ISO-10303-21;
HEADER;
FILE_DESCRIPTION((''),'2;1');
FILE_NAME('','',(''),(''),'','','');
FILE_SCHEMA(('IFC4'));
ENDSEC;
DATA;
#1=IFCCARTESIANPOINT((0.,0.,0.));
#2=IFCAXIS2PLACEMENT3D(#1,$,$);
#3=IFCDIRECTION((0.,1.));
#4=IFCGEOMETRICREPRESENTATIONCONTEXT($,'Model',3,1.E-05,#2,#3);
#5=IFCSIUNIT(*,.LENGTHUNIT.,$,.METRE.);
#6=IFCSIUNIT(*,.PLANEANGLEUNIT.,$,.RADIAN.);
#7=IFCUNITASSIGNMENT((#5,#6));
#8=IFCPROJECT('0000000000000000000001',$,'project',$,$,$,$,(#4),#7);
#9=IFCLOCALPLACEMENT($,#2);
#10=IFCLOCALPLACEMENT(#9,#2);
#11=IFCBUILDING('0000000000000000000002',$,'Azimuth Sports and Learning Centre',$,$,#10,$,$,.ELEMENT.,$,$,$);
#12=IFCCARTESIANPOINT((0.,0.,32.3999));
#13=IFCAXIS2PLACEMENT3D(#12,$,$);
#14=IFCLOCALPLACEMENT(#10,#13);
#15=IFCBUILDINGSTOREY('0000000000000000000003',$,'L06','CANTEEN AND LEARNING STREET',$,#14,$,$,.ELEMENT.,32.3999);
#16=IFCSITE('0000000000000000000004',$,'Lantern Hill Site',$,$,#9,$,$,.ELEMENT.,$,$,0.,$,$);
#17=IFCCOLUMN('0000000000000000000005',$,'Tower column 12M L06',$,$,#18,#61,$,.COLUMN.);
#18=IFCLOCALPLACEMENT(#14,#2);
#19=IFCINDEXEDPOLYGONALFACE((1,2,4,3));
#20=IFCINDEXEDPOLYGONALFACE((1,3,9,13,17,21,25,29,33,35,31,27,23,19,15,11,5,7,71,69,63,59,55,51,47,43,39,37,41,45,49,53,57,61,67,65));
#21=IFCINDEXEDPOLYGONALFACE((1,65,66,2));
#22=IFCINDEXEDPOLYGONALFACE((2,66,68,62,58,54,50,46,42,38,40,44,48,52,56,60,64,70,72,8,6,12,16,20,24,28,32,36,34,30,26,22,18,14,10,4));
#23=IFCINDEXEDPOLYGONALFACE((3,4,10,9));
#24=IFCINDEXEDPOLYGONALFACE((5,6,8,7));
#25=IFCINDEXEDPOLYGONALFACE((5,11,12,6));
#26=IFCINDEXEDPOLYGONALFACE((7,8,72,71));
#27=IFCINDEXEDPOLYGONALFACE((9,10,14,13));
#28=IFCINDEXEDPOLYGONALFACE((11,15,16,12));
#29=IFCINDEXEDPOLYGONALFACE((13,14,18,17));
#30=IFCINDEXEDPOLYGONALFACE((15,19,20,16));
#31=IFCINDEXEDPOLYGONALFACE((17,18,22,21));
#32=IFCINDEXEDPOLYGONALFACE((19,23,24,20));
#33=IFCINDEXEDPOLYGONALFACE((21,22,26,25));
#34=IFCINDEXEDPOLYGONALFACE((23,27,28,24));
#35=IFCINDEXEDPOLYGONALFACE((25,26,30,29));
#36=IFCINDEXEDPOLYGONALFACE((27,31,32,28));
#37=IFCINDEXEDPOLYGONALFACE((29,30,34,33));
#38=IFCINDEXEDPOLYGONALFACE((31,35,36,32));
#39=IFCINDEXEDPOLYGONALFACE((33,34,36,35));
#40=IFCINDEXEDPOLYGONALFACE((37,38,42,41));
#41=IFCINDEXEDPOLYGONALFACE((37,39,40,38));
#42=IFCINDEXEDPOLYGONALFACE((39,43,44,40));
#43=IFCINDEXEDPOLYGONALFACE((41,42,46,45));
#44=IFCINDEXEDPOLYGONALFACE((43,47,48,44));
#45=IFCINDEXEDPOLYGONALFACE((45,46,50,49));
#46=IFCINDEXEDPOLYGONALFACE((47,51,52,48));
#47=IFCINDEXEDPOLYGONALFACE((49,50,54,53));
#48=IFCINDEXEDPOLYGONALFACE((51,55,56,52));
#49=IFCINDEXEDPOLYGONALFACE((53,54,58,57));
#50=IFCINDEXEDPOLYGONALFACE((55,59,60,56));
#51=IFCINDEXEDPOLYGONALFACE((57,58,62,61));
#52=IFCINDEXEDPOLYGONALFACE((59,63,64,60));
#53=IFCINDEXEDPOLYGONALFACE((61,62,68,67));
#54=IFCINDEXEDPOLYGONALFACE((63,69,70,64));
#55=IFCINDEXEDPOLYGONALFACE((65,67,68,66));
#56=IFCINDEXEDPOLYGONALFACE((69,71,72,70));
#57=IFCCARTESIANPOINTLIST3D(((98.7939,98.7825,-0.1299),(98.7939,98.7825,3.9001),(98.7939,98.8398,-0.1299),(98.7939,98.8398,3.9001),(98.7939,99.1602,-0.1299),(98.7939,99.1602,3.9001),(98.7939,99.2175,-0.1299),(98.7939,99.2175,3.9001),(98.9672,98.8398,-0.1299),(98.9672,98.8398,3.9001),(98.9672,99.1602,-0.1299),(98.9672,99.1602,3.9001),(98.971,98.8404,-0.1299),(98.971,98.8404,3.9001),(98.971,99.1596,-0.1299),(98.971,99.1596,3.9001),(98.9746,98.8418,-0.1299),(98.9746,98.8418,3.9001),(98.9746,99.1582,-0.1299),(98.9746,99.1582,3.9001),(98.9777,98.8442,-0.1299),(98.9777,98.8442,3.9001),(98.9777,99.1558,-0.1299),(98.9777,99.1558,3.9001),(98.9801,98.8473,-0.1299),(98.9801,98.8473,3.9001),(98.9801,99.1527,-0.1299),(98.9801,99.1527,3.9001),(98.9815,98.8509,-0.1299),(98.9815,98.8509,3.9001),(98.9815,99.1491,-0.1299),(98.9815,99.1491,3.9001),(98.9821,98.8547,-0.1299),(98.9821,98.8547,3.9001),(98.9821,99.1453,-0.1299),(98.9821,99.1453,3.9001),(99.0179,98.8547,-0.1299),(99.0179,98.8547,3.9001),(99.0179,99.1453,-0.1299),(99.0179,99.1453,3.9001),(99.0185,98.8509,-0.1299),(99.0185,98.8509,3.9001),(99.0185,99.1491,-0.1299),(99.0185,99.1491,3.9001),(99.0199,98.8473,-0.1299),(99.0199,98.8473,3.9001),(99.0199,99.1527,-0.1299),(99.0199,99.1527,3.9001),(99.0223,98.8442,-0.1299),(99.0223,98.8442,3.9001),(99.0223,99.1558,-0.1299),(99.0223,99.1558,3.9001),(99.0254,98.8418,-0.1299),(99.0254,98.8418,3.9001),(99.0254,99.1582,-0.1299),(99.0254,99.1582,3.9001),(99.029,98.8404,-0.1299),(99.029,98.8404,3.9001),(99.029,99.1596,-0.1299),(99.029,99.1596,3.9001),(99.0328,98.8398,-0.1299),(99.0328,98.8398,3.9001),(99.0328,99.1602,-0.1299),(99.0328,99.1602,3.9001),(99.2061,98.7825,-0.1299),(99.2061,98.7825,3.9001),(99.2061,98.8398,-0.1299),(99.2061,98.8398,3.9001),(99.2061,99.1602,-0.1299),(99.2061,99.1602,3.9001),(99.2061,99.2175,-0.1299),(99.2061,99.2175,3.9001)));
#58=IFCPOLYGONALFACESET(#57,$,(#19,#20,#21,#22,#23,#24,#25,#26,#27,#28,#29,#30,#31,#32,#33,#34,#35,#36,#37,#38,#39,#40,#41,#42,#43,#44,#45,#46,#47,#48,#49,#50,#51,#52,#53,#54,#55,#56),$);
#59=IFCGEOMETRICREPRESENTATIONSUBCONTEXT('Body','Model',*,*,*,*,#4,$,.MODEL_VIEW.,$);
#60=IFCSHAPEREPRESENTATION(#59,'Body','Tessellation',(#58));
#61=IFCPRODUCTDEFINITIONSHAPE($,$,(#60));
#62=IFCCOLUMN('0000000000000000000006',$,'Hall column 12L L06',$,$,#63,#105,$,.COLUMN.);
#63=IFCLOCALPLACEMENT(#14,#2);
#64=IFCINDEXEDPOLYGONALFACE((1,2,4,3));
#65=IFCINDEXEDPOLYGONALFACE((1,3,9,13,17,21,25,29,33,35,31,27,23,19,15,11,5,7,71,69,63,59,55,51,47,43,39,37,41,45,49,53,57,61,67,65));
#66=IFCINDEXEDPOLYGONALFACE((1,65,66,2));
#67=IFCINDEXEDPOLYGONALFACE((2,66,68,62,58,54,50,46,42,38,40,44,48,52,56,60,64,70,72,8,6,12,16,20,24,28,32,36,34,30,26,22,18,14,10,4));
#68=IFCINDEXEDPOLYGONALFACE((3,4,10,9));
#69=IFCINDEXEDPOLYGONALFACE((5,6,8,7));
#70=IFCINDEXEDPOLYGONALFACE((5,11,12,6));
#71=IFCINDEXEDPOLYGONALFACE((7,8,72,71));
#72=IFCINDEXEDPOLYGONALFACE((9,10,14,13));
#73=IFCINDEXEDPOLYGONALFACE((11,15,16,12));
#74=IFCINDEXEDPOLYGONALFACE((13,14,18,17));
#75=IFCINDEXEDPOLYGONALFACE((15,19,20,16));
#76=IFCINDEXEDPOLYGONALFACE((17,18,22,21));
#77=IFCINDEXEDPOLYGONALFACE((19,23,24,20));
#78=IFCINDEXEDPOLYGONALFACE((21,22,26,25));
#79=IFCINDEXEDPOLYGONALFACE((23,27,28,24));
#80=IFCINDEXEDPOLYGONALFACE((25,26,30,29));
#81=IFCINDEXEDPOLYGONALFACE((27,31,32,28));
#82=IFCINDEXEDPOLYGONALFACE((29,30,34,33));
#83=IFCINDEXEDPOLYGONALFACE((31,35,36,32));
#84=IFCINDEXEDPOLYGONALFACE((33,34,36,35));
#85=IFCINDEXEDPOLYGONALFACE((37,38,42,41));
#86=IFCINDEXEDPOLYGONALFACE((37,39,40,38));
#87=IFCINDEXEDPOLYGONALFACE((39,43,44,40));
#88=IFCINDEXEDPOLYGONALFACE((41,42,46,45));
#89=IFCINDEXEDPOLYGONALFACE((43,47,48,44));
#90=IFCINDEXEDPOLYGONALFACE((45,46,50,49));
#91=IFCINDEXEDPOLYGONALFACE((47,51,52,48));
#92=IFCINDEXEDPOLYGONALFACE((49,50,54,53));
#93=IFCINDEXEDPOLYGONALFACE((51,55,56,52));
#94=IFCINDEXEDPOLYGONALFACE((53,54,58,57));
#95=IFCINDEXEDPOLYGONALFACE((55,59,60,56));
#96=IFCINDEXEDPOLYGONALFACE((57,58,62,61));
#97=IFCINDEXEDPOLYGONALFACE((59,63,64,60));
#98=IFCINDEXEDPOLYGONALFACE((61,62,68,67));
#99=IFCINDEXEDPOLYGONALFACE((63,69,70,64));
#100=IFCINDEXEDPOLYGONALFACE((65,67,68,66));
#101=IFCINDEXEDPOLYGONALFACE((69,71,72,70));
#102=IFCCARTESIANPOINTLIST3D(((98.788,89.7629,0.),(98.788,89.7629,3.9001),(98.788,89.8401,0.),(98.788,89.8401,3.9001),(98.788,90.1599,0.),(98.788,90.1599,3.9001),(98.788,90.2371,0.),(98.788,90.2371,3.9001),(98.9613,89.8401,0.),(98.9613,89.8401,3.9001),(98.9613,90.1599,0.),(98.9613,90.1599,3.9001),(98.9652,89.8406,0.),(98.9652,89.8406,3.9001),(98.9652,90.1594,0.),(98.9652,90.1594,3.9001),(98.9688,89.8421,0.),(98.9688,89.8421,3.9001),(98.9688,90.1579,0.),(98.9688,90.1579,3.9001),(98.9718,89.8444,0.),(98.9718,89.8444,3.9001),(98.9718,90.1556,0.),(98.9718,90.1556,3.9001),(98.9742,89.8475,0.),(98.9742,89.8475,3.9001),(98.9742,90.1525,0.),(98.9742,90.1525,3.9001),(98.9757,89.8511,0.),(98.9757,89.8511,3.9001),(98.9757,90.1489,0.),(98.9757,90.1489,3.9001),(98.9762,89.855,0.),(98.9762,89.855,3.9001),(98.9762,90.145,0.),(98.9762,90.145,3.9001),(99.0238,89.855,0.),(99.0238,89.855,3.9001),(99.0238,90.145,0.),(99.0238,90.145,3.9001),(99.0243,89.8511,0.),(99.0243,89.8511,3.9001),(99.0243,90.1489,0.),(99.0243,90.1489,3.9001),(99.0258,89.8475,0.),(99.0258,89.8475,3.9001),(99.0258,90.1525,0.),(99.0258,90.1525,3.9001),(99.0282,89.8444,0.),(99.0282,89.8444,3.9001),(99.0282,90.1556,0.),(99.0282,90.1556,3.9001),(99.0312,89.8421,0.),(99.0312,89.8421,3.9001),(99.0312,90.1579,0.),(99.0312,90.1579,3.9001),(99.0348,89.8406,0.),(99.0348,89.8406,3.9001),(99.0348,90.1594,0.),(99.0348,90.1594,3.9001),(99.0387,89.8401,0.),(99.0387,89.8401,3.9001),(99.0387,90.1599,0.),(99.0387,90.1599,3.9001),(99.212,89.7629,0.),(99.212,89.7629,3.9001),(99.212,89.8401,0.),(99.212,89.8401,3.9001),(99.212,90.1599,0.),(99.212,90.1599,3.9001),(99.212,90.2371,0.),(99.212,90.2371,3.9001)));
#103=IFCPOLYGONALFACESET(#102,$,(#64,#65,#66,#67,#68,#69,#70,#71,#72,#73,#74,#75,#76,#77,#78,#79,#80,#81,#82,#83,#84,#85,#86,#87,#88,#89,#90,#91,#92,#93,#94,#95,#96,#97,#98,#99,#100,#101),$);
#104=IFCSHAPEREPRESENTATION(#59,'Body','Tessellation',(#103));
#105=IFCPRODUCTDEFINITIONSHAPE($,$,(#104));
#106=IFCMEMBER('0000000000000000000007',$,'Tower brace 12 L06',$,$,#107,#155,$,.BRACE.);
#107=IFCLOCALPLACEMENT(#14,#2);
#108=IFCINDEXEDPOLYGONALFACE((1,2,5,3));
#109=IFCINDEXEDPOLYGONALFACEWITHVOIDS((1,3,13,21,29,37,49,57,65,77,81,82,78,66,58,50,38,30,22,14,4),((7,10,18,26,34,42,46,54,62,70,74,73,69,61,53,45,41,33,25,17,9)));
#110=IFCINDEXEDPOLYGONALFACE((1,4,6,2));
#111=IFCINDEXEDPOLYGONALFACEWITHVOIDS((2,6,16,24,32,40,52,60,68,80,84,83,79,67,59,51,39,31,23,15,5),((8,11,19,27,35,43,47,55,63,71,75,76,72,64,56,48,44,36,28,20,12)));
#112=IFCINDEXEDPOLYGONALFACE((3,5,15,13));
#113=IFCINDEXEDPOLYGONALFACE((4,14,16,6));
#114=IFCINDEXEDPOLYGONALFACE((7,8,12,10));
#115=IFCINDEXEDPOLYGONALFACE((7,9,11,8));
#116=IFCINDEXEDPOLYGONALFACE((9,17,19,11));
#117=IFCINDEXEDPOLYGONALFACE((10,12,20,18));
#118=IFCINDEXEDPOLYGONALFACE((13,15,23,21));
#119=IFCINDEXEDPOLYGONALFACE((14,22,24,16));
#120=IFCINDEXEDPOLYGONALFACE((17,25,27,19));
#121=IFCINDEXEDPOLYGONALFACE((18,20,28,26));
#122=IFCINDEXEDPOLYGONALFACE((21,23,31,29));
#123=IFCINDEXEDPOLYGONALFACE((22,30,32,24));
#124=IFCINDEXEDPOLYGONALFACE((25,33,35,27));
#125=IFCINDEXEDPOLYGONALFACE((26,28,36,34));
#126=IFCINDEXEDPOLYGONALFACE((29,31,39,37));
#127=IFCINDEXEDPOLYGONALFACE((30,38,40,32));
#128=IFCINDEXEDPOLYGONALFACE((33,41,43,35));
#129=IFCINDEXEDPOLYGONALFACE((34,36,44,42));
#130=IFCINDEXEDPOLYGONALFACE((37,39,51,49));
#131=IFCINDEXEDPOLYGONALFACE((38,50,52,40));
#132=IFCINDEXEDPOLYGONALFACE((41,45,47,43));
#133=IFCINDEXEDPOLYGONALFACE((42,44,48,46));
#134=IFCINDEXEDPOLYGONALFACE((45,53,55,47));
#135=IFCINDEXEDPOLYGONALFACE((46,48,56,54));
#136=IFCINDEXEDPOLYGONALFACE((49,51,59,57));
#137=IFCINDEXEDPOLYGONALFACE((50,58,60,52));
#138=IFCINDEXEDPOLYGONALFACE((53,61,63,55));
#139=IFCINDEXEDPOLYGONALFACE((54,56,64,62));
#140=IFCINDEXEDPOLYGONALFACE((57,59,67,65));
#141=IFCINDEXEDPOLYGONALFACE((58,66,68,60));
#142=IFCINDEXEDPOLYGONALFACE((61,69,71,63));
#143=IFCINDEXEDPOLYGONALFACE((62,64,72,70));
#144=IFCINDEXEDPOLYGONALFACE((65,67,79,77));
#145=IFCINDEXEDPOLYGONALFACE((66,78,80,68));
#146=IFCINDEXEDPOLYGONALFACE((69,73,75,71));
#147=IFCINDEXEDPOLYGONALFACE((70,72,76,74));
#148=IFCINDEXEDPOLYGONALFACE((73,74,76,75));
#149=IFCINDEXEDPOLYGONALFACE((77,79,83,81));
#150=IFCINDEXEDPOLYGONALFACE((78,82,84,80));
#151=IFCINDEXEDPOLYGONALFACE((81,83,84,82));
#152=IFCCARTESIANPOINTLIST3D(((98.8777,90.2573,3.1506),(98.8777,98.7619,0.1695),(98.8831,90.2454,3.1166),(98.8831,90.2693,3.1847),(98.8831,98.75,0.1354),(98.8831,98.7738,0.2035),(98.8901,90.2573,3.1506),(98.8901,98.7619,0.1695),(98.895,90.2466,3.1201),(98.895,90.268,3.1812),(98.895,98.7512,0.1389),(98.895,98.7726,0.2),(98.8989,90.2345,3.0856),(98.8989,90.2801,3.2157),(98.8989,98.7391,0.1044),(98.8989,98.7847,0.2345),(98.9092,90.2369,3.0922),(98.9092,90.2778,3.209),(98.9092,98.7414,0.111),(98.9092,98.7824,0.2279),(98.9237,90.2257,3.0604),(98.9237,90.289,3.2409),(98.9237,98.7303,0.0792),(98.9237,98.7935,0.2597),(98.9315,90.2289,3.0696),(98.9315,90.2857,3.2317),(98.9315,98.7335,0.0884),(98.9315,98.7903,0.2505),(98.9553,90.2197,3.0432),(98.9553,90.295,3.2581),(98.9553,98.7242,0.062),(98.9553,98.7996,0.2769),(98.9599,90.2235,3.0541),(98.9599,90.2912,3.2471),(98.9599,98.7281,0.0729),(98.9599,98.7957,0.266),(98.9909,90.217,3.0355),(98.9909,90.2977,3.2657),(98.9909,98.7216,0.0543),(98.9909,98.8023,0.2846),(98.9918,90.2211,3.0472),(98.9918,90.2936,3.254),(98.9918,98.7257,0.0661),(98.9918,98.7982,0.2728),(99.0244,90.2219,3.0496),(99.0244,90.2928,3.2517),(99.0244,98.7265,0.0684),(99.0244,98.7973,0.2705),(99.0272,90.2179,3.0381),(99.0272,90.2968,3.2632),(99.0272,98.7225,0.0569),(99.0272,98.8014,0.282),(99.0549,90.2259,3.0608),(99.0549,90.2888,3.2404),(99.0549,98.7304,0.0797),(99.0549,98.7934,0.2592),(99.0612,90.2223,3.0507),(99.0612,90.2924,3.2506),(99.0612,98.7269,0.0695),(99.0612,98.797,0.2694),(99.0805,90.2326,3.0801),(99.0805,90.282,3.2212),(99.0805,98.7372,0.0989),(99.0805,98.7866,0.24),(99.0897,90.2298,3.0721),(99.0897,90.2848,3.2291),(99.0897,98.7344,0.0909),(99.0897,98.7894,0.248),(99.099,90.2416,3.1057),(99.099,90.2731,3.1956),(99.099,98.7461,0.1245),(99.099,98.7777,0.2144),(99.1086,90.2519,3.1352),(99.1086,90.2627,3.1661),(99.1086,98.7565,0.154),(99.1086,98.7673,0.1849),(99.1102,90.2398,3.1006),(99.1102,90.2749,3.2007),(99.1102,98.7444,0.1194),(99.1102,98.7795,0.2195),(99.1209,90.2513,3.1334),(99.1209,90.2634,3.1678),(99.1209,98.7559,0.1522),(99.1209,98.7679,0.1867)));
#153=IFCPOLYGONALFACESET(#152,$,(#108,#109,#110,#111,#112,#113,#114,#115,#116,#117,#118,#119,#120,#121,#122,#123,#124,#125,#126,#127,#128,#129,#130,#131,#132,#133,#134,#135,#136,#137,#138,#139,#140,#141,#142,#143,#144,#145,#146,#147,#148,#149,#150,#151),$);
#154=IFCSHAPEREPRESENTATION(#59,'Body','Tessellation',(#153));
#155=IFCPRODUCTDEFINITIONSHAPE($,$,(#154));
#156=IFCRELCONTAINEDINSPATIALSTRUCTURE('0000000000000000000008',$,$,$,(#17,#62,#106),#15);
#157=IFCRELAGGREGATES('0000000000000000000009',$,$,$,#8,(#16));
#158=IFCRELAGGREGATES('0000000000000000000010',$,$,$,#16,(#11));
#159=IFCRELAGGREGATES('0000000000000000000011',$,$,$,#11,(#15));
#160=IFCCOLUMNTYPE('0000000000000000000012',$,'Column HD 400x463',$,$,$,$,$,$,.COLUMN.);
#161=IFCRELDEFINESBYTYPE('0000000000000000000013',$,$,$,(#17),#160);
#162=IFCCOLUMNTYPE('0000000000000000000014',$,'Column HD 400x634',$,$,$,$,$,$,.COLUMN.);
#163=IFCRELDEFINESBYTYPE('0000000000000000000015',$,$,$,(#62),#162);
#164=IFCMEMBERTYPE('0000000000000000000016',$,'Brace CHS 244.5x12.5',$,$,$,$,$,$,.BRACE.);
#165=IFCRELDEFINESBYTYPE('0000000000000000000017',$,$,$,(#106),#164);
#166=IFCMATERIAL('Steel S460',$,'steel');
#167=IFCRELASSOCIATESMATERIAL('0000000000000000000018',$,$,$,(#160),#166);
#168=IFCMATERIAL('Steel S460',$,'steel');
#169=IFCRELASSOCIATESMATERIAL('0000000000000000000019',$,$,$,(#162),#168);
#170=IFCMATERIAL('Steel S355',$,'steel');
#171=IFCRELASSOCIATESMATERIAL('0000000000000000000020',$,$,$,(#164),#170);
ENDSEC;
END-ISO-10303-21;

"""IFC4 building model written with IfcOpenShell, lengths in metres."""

from ifc_helpers import new_model, si_unit, direction, frame, origin, origin_2d, place, context, subcontext, project, spatial, hollow_circle, i_section, extrude, material, material_profile, profile_set, type_object, element, save


model = new_model("IFC4")

# Units and contexts
model_context = context("Model", 3, precision=1e-05, world=origin(), true_north=direction((0.0, 1.0)))
body_context = subcontext(model_context, "Body", "Model", "MODEL_VIEW")
ifc_project = project(units=[si_unit("LENGTHUNIT", "METRE"), si_unit("PLANEANGLEUNIT", "RADIAN")], contexts=[model_context])

# Site, building, storey
site_placement = place(None, origin())
site = spatial("IfcSite", under=ifc_project, at=site_placement, Name="Lantern Hill Site", CompositionType="ELEMENT", RefElevation=0.0)
building_placement = place(site_placement, origin())
building = spatial("IfcBuilding", under=site, at=building_placement, Name="Azimuth Sports and Learning Centre", CompositionType="ELEMENT")
storey_placement = place(building_placement, frame((0.0, 0.0, 32.3999)))
storey = spatial("IfcBuildingStorey", under=building, at=storey_placement, Name="L06", Description="CANTEEN AND LEARNING STREET", CompositionType="ELEMENT", Elevation=32.3999)

# Columns
ifc_material_1 = material(Name="Steel S460", Category="steel")
ifc_material_profile_1 = material_profile(ifc_material_1, i_section(OverallWidth=0.4121, OverallDepth=0.4351, WebThickness=0.0359, FlangeThickness=0.0574, FilletRadius=0.0149, at=origin_2d()), Name="HD 400x463")
ifc_profile_set_1 = profile_set([ifc_material_profile_1], Name="Steel S460")
column_type_1 = type_object("IfcColumnType", Name="Column HD 400x463", PredefinedType="COLUMN", material=ifc_profile_set_1)
column_1_placement = place(storey_placement, frame((99.0, 99.0, -0.1299), z_axis=(0.0, 0.0, 1.0), x_axis=(1.0, 0.0, 0.0)))
element("IfcColumn", 1, at=column_1_placement, inside=storey, type_object=column_type_1, Name="Tower column 12M L06", PredefinedType="COLUMN", context=body_context, shape_type="SweptSolid", body=[
    extrude(i_section(OverallWidth=0.4121, OverallDepth=0.4351, WebThickness=0.0359, FlangeThickness=0.0574, FilletRadius=0.0149, at=origin_2d()), origin(), (0.0, 0.0, 1.0), 4.03),
])
ifc_material_2 = material(Name="Steel S460", Category="steel")
ifc_material_profile_2 = material_profile(ifc_material_2, i_section(OverallWidth=0.4241, OverallDepth=0.4741, WebThickness=0.0476, FlangeThickness=0.0771, FilletRadius=0.0149, at=origin_2d()), Name="HD 400x634")
ifc_profile_set_2 = profile_set([ifc_material_profile_2], Name="Steel S460")
column_type_2 = type_object("IfcColumnType", Name="Column HD 400x634", PredefinedType="COLUMN", material=ifc_profile_set_2)
column_2_placement = place(storey_placement, frame((99.0, 90.0, 0.0), z_axis=(0.0, 0.0, 1.0), x_axis=(1.0, 0.0, 0.0)))
element("IfcColumn", 2, at=column_2_placement, inside=storey, type_object=column_type_2, Name="Hall column 12L L06", PredefinedType="COLUMN", context=body_context, shape_type="SweptSolid", body=[
    extrude(i_section(OverallWidth=0.4241, OverallDepth=0.4741, WebThickness=0.0476, FlangeThickness=0.0771, FilletRadius=0.0149, at=origin_2d()), origin(), (0.0, 0.0, 1.0), 3.9001),
])

# Member
ifc_material_3 = material(Name="Steel S355", Category="steel")
ifc_material_profile_3 = material_profile(ifc_material_3, hollow_circle(Radius=0.1223, WallThickness=0.0125, at=origin_2d()), Name="CHS 244.5x12.5")
ifc_profile_set_3 = profile_set([ifc_material_profile_3], Name="Steel S355")
member_type_1 = type_object("IfcMemberType", Name="Brace CHS 244.5x12.5", PredefinedType="BRACE", material=ifc_profile_set_3)
member_1_placement = place(storey_placement, frame((99.0, 90.2573, 3.1506), z_axis=(0.0, 0.9437, -0.330803), x_axis=(-1.0, 0.0, 0.0)))
element("IfcMember", 3, at=member_1_placement, inside=storey, type_object=member_type_1, Name="Tower brace 12 L06", PredefinedType="BRACE", context=body_context, shape_type="SweptSolid", body=[
    extrude(hollow_circle(Radius=0.1223, WallThickness=0.0125, at=origin_2d()), origin(), (0.0, 0.0, 1.0), 9.012),
])

save(model, "model.ifc")
